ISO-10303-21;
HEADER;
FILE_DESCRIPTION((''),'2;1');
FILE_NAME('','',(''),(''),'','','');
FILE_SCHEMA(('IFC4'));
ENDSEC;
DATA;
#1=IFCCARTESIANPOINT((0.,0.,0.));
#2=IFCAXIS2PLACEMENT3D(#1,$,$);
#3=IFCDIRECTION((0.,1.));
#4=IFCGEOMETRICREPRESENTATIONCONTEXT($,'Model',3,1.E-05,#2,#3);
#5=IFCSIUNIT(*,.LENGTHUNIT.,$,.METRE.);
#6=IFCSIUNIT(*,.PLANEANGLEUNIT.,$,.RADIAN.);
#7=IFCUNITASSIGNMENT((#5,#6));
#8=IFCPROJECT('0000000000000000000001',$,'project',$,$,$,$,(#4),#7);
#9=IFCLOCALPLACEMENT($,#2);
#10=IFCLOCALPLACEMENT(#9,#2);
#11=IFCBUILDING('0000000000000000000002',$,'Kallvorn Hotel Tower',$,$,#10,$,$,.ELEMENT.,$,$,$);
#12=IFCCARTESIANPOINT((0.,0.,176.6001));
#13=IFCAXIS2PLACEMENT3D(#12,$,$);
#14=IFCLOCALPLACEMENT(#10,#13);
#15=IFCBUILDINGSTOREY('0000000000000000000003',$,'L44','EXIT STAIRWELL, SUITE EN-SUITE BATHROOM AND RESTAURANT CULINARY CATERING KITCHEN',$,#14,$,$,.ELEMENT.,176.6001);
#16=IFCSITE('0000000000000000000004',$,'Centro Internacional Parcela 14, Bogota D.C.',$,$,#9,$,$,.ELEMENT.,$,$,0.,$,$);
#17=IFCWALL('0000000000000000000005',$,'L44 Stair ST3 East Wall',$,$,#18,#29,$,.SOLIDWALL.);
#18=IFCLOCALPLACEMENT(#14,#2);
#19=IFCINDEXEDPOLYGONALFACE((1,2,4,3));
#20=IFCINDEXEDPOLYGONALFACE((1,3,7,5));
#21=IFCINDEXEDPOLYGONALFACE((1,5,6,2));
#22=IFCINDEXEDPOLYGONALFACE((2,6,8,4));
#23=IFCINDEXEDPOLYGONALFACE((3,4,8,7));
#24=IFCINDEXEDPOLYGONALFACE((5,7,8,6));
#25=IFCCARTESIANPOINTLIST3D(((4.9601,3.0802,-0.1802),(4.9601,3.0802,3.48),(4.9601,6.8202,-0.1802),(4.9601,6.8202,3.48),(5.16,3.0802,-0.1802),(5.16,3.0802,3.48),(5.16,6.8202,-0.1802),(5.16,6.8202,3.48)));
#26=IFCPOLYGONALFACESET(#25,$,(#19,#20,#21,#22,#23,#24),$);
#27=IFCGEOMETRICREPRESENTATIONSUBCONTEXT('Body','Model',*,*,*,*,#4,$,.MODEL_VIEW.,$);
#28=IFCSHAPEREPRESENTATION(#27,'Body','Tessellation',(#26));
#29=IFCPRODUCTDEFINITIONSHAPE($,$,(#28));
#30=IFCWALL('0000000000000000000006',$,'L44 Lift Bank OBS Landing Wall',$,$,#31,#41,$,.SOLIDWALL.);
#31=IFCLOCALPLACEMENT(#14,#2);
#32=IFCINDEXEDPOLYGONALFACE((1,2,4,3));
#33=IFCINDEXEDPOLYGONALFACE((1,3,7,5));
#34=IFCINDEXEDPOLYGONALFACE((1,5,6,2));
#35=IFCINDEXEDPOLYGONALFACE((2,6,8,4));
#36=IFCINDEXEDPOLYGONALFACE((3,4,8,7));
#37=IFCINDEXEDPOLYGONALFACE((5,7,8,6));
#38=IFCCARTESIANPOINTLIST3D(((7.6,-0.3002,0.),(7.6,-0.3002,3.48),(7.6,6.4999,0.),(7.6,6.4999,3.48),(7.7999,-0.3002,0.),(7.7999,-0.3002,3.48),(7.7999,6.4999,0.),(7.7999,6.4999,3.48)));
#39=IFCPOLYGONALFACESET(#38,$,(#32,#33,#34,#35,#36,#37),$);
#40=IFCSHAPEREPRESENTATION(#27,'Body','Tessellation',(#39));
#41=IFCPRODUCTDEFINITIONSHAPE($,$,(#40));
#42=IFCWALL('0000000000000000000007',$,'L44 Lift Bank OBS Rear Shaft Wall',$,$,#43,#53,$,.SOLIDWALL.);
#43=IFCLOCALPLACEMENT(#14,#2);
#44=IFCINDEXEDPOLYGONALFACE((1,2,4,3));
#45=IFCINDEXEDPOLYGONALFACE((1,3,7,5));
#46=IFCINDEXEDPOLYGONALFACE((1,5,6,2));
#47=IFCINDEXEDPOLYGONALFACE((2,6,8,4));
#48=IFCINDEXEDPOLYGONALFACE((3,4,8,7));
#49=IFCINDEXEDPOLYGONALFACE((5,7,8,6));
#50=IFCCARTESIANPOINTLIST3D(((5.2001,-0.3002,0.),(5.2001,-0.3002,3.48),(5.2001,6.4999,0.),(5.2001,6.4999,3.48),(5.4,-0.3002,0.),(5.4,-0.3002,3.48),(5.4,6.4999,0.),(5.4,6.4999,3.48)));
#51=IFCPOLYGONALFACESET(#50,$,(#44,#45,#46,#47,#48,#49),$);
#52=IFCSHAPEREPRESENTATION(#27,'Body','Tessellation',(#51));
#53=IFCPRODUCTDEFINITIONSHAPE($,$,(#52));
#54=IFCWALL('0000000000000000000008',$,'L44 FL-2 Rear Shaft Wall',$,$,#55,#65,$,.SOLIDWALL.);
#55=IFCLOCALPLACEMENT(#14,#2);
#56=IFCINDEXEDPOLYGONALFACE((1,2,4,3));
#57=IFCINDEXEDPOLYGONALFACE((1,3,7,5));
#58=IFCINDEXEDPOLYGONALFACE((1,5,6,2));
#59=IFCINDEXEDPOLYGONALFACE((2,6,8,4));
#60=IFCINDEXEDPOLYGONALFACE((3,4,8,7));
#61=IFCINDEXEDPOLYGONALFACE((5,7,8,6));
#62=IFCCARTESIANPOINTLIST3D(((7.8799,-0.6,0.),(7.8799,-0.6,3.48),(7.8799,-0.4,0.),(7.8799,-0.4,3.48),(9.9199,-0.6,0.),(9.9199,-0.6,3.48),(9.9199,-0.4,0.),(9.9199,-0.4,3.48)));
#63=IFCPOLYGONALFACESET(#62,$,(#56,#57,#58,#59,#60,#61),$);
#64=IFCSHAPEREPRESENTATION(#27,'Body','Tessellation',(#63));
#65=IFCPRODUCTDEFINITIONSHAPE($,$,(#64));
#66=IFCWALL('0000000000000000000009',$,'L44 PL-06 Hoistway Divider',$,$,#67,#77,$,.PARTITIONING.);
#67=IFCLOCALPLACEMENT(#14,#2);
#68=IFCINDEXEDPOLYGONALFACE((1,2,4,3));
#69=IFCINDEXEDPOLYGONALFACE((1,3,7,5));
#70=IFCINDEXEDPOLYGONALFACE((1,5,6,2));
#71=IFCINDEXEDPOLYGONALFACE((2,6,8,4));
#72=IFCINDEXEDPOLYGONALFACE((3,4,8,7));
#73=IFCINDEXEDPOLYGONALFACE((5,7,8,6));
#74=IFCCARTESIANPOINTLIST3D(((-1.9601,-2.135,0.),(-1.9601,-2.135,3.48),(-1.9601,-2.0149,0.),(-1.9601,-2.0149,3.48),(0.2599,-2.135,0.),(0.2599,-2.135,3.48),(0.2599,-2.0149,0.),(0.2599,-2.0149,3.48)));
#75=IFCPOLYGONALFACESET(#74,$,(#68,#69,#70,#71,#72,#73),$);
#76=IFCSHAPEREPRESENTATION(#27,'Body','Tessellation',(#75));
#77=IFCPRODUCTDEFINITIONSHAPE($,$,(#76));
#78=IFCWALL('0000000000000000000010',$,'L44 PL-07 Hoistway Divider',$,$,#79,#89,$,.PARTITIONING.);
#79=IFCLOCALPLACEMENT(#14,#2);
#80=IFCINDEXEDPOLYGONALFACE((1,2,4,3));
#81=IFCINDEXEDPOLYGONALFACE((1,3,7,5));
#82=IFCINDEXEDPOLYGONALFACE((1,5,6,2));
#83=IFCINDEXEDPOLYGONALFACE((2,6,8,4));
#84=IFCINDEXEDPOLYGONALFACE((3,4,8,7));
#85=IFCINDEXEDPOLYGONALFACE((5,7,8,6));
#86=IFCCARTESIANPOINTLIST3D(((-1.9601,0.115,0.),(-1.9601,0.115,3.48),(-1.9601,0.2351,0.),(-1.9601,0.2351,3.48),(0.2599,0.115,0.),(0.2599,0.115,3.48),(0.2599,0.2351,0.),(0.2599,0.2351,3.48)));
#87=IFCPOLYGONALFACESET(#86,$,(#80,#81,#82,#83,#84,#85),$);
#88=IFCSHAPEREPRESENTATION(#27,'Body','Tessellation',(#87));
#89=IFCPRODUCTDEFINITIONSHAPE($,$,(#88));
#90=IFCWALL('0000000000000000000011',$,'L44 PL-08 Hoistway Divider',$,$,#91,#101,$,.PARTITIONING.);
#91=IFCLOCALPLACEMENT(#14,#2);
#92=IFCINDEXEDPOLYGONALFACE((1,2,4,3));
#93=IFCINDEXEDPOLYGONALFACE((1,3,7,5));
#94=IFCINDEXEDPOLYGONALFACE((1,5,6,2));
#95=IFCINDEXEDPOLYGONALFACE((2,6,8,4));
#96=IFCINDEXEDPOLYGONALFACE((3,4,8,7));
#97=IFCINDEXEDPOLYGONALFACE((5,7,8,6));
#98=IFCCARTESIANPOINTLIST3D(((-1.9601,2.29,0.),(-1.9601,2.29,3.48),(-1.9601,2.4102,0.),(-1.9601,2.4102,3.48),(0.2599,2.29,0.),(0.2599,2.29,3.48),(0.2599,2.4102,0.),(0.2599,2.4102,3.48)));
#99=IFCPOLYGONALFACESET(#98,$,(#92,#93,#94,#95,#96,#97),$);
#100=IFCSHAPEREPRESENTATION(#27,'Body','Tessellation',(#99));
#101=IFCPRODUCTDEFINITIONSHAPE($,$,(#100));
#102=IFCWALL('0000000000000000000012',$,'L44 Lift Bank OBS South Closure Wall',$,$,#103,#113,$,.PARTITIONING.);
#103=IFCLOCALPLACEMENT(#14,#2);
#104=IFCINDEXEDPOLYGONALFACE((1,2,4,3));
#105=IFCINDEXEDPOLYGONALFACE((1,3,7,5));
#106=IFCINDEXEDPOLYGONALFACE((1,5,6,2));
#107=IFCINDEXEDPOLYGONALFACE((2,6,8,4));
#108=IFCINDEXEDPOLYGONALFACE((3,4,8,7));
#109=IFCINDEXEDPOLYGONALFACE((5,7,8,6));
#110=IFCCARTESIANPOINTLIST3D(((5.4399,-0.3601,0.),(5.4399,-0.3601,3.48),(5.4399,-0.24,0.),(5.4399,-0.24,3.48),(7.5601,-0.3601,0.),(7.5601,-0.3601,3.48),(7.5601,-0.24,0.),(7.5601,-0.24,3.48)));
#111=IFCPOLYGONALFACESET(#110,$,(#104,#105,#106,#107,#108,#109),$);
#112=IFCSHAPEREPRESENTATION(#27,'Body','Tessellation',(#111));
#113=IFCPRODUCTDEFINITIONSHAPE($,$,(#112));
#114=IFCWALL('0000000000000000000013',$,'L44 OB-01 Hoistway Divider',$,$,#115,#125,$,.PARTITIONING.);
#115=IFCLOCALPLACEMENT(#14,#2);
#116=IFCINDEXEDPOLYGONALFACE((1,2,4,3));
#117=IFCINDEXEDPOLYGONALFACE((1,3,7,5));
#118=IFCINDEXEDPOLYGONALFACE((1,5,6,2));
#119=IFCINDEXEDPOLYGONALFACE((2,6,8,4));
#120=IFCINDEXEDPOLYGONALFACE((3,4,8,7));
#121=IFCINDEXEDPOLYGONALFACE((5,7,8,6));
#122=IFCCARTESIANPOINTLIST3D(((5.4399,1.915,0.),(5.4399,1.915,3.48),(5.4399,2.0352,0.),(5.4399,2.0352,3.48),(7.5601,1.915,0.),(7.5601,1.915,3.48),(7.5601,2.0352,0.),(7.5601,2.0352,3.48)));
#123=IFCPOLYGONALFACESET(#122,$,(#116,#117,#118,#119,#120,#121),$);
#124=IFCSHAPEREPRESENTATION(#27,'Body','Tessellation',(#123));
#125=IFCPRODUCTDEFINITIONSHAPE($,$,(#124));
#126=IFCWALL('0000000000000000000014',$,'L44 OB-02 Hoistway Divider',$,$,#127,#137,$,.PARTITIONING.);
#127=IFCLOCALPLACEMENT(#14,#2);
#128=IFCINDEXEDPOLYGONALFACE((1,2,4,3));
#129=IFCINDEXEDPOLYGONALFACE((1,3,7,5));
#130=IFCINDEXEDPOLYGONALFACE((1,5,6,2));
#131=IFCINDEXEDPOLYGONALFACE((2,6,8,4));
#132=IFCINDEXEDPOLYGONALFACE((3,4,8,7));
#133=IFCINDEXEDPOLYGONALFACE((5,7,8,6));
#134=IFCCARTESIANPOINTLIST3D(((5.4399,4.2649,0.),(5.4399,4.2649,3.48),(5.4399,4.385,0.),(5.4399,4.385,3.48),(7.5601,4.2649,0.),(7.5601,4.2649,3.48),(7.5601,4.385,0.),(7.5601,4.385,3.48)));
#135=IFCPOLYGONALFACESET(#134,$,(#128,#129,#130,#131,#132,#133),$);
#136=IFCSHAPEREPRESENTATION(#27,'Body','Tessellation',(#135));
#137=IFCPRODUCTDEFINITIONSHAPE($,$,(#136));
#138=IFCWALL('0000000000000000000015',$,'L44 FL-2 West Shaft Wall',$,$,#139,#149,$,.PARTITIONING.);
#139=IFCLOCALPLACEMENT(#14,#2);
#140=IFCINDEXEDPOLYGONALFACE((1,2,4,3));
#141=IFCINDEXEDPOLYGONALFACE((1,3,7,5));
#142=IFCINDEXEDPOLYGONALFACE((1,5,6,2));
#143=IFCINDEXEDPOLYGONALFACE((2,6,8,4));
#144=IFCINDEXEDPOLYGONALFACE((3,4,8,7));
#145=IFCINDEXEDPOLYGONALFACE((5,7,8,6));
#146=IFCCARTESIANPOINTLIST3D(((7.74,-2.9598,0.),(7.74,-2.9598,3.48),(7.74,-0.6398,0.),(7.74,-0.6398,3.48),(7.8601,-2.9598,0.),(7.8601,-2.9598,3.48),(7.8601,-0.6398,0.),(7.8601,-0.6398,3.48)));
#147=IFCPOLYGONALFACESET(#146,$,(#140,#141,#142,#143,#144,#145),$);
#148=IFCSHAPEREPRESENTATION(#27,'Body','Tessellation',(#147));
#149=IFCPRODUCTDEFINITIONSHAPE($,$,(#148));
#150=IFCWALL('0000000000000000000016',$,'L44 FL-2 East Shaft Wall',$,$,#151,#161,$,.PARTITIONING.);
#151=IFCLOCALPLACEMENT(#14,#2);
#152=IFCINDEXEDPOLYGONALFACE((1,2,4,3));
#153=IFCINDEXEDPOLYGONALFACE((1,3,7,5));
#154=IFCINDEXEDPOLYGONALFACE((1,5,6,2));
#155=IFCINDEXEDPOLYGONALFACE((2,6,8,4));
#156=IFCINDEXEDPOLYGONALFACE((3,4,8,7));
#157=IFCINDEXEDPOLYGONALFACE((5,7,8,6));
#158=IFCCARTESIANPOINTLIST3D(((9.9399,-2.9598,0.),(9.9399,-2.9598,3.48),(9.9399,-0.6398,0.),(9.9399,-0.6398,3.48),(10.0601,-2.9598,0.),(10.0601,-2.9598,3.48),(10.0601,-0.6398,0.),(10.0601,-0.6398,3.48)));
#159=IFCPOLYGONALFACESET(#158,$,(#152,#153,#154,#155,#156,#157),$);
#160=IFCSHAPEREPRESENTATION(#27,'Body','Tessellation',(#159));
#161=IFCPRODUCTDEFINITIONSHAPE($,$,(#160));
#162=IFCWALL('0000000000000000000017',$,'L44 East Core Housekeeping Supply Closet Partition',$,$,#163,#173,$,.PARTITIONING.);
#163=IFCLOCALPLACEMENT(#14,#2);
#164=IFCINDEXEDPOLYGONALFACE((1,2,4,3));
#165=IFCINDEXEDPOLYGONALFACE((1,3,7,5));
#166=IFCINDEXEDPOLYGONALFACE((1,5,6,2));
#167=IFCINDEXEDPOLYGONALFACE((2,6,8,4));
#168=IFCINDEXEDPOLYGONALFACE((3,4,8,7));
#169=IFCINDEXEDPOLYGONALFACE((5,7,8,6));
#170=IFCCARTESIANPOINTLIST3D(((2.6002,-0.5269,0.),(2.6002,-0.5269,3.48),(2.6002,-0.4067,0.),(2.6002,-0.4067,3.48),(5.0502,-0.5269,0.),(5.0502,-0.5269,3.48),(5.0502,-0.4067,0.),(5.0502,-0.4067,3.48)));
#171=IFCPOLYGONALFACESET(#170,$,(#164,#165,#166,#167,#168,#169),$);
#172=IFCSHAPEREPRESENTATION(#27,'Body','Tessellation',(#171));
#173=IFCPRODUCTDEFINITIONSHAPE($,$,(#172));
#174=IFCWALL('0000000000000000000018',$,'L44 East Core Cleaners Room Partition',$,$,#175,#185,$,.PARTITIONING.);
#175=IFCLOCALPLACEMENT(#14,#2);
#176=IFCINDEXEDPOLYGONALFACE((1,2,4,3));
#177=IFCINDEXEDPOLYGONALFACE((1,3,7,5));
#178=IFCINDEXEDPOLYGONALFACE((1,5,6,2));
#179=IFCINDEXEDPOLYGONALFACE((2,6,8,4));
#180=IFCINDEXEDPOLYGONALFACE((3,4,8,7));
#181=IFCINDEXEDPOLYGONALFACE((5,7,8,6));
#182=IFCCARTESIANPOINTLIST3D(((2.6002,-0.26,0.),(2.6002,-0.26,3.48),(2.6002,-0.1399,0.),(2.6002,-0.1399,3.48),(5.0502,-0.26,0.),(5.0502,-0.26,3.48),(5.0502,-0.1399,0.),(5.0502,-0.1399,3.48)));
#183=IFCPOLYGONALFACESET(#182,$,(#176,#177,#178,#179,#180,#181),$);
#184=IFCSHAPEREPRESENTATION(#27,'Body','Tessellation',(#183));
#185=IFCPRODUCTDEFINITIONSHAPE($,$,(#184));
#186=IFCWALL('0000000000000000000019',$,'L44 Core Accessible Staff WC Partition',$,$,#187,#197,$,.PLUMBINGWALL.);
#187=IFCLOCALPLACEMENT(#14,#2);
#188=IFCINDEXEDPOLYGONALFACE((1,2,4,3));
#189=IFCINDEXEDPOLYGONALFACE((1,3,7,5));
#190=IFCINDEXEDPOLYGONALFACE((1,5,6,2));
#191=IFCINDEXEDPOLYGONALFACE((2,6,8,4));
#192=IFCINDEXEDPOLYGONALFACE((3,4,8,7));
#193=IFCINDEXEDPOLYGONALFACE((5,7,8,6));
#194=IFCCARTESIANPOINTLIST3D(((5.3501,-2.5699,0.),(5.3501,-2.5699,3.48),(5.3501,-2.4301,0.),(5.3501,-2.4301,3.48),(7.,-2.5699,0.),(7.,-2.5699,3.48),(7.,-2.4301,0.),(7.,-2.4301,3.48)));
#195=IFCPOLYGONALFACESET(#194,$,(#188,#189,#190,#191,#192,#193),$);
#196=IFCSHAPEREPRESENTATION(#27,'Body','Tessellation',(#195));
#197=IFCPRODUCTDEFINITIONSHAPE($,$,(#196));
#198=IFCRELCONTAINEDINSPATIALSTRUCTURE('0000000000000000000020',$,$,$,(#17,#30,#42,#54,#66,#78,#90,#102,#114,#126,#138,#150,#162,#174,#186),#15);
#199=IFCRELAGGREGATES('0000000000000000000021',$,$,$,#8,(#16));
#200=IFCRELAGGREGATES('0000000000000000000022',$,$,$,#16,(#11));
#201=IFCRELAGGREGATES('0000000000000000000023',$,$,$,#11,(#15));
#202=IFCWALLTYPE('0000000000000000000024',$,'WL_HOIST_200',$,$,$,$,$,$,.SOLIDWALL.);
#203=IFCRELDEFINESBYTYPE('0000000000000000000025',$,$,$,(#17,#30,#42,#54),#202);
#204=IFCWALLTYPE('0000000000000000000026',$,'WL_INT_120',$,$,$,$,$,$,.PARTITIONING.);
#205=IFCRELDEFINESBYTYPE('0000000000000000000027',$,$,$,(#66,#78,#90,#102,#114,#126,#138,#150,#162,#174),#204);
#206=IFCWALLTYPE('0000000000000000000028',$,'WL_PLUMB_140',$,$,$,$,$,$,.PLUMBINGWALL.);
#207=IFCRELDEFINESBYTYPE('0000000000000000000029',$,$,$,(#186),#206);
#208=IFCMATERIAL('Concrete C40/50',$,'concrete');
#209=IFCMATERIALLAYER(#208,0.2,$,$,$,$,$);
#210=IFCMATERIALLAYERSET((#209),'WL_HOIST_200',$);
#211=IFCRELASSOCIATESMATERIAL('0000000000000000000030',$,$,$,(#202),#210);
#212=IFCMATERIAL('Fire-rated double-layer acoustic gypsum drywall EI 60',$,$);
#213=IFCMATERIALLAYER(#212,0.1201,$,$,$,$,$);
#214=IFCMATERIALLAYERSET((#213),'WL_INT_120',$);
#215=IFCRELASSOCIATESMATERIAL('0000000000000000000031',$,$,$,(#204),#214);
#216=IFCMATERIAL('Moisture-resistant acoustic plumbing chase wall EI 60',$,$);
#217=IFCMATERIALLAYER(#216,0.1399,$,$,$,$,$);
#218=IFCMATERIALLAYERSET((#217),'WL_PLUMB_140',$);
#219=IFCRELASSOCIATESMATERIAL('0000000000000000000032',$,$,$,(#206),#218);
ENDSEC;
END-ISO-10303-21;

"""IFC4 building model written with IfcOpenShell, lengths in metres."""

from ifc_helpers import new_model, si_unit, direction, frame, frame_2d, origin, place, context, subcontext, project, spatial, rectangle, extrude, material, layer, layer_set, type_object, element, save


model = new_model("IFC4")

# Units and contexts
model_context = context("Model", 3, precision=1e-05, world=origin(), true_north=direction((0.0, 1.0)))
body_context = subcontext(model_context, "Body", "Model", "MODEL_VIEW")
ifc_project = project(units=[si_unit("LENGTHUNIT", "METRE"), si_unit("PLANEANGLEUNIT", "RADIAN")], contexts=[model_context])

# Site, building, storey
site_placement = place(None, origin())
site = spatial("IfcSite", under=ifc_project, at=site_placement, Name="Centro Internacional Parcela 14, Bogota D.C.", CompositionType="ELEMENT", RefElevation=0.0)
building_placement = place(site_placement, origin())
building = spatial("IfcBuilding", under=site, at=building_placement, Name="Kallvorn Hotel Tower", CompositionType="ELEMENT")
storey_placement = place(building_placement, frame((0.0, 0.0, 176.6001)))
storey = spatial("IfcBuildingStorey", under=building, at=storey_placement, Name="L44", Description="EXIT STAIRWELL, SUITE EN-SUITE BATHROOM AND RESTAURANT CULINARY CATERING KITCHEN", CompositionType="ELEMENT", Elevation=176.6001)

# Walls
ifc_material_1 = material(Name="Concrete C40/50", Category="concrete")
ifc_layer_1 = layer(ifc_material_1, 0.2)
ifc_layer_set_1 = layer_set([ifc_layer_1], Name="WL_HOIST_200")
wall_type_1 = type_object("IfcWallType", Name="WL_HOIST_200", PredefinedType="SOLIDWALL", material=ifc_layer_set_1)
wall_1_placement = place(storey_placement, frame((5.0601, 3.0801, -0.1802), z_axis=(0.0, 0.0, 1.0), x_axis=(0.0, 1.0, 0.0)))
element("IfcWall", 1, at=wall_1_placement, inside=storey, type_object=wall_type_1, Name="L44 Stair ST3 East Wall", PredefinedType="SOLIDWALL", context=body_context, shape_type="SweptSolid", body=[
    extrude(rectangle(XDim=3.74, YDim=0.2, at=frame_2d((1.8701, 0.0))), origin(), (0.0, 0.0, 1.0), 3.6602),
])
for number, where, z_axis, x_axis, name in (
    (2, (7.7, -0.3, 0.0), (0.0, 0.0, 1.0), (0.0, 1.0, 0.0), "L44 Lift Bank OBS Landing Wall"),
    (3, (5.3, -0.3, 0.0), (0.0, 0.0, 1.0), (0.0, 1.0, 0.0), "L44 Lift Bank OBS Rear Shaft Wall"),
):
    element("IfcWall", number, at=place(storey_placement, frame(where, z_axis=z_axis, x_axis=x_axis)), inside=storey, type_object=wall_type_1, Name=name, PredefinedType="SOLIDWALL", context=body_context, shape_type="SweptSolid", body=[
        extrude(rectangle(XDim=6.8, YDim=0.2, at=frame_2d((3.3999, 0.0))), origin(), (0.0, 0.0, 1.0), 3.48),
    ])
wall_2_placement = place(storey_placement, frame((7.8799, -0.5, 0.0), z_axis=(0.0, 0.0, 1.0), x_axis=(1.0, 0.0, 0.0)))
element("IfcWall", 4, at=wall_2_placement, inside=storey, type_object=wall_type_1, Name="L44 FL-2 Rear Shaft Wall", PredefinedType="SOLIDWALL", context=body_context, shape_type="SweptSolid", body=[
    extrude(rectangle(XDim=2.04, YDim=0.2, at=frame_2d((1.02, 0.0))), origin(), (0.0, 0.0, 1.0), 3.48),
])
ifc_material_2 = material(Name="Fire-rated double-layer acoustic gypsum drywall EI 60")
ifc_layer_2 = layer(ifc_material_2, 0.1201)
ifc_layer_set_2 = layer_set([ifc_layer_2], Name="WL_INT_120")
wall_type_2 = type_object("IfcWallType", Name="WL_INT_120", PredefinedType="PARTITIONING", material=ifc_layer_set_2)
for number, where, z_axis, x_axis, name in (
    (5, (-1.96, -2.075, 0.0), (0.0, 0.0, 1.0), (1.0, 0.0, 0.0), "L44 PL-06 Hoistway Divider"),
    (6, (-1.96, 0.175, 0.0), (0.0, 0.0, 1.0), (1.0, 0.0, 0.0), "L44 PL-07 Hoistway Divider"),
    (7, (-1.96, 2.3501, 0.0), (0.0, 0.0, 1.0), (1.0, 0.0, 0.0), "L44 PL-08 Hoistway Divider"),
):
    element("IfcWall", number, at=place(storey_placement, frame(where, z_axis=z_axis, x_axis=x_axis)), inside=storey, type_object=wall_type_2, Name=name, PredefinedType="PARTITIONING", context=body_context, shape_type="SweptSolid", body=[
        extrude(rectangle(XDim=2.22, YDim=0.1201, at=frame_2d((1.1099, 0.0))), origin(), (0.0, 0.0, 1.0), 3.48),
    ])
for number, where, z_axis, x_axis, name in (
    (8, (5.4399, -0.3, 0.0), (0.0, 0.0, 1.0), (1.0, 0.0, 0.0), "L44 Lift Bank OBS South Closure Wall"),
    (9, (5.4399, 1.9751, 0.0), (0.0, 0.0, 1.0), (1.0, 0.0, 0.0), "L44 OB-01 Hoistway Divider"),
    (10, (5.4399, 4.325, 0.0), (0.0, 0.0, 1.0), (1.0, 0.0, 0.0), "L44 OB-02 Hoistway Divider"),
):
    element("IfcWall", number, at=place(storey_placement, frame(where, z_axis=z_axis, x_axis=x_axis)), inside=storey, type_object=wall_type_2, Name=name, PredefinedType="PARTITIONING", context=body_context, shape_type="SweptSolid", body=[
        extrude(rectangle(XDim=2.1201, YDim=0.1201, at=frame_2d((1.0601, 0.0))), origin(), (0.0, 0.0, 1.0), 3.48),
    ])
for number, where, z_axis, x_axis, name in (
    (11, (7.8, -2.96, 0.0), (0.0, 0.0, 1.0), (0.0, 1.0, 0.0), "L44 FL-2 West Shaft Wall"),
    (12, (10.0, -2.96, 0.0), (0.0, 0.0, 1.0), (0.0, 1.0, 0.0), "L44 FL-2 East Shaft Wall"),
):
    element("IfcWall", number, at=place(storey_placement, frame(where, z_axis=z_axis, x_axis=x_axis)), inside=storey, type_object=wall_type_2, Name=name, PredefinedType="PARTITIONING", context=body_context, shape_type="SweptSolid", body=[
        extrude(rectangle(XDim=2.3201, YDim=0.1201, at=frame_2d((1.1602, 0.0))), origin(), (0.0, 0.0, 1.0), 3.48),
    ])
for number, where, z_axis, x_axis, name in (
    (13, (2.6001, -0.4668, 0.0), (0.0, 0.0, 1.0), (1.0, 0.0, 0.0), "L44 East Core Housekeeping Supply Closet Partition"),
    (14, (2.6001, -0.2, 0.0), (0.0, 0.0, 1.0), (1.0, 0.0, 0.0), "L44 East Core Cleaners Room Partition"),
):
    element("IfcWall", number, at=place(storey_placement, frame(where, z_axis=z_axis, x_axis=x_axis)), inside=storey, type_object=wall_type_2, Name=name, PredefinedType="PARTITIONING", context=body_context, shape_type="SweptSolid", body=[
        extrude(rectangle(XDim=2.45, YDim=0.1201, at=frame_2d((1.2251, 0.0))), origin(), (0.0, 0.0, 1.0), 3.48),
    ])
ifc_material_3 = material(Name="Moisture-resistant acoustic plumbing chase wall EI 60")
ifc_layer_3 = layer(ifc_material_3, 0.1399)
ifc_layer_set_3 = layer_set([ifc_layer_3], Name="WL_PLUMB_140")
wall_type_3 = type_object("IfcWallType", Name="WL_PLUMB_140", PredefinedType="PLUMBINGWALL", material=ifc_layer_set_3)
wall_3_placement = place(storey_placement, frame((5.3501, -2.5, 0.0), z_axis=(0.0, 0.0, 1.0), x_axis=(1.0, 0.0, 0.0)))
element("IfcWall", 15, at=wall_3_placement, inside=storey, type_object=wall_type_3, Name="L44 Core Accessible Staff WC Partition", PredefinedType="PLUMBINGWALL", context=body_context, shape_type="SweptSolid", body=[
    extrude(rectangle(XDim=1.6499, YDim=0.1399, at=frame_2d((0.825, 0.0))), origin(), (0.0, 0.0, 1.0), 3.48),
])

save(model, "model.ifc")
